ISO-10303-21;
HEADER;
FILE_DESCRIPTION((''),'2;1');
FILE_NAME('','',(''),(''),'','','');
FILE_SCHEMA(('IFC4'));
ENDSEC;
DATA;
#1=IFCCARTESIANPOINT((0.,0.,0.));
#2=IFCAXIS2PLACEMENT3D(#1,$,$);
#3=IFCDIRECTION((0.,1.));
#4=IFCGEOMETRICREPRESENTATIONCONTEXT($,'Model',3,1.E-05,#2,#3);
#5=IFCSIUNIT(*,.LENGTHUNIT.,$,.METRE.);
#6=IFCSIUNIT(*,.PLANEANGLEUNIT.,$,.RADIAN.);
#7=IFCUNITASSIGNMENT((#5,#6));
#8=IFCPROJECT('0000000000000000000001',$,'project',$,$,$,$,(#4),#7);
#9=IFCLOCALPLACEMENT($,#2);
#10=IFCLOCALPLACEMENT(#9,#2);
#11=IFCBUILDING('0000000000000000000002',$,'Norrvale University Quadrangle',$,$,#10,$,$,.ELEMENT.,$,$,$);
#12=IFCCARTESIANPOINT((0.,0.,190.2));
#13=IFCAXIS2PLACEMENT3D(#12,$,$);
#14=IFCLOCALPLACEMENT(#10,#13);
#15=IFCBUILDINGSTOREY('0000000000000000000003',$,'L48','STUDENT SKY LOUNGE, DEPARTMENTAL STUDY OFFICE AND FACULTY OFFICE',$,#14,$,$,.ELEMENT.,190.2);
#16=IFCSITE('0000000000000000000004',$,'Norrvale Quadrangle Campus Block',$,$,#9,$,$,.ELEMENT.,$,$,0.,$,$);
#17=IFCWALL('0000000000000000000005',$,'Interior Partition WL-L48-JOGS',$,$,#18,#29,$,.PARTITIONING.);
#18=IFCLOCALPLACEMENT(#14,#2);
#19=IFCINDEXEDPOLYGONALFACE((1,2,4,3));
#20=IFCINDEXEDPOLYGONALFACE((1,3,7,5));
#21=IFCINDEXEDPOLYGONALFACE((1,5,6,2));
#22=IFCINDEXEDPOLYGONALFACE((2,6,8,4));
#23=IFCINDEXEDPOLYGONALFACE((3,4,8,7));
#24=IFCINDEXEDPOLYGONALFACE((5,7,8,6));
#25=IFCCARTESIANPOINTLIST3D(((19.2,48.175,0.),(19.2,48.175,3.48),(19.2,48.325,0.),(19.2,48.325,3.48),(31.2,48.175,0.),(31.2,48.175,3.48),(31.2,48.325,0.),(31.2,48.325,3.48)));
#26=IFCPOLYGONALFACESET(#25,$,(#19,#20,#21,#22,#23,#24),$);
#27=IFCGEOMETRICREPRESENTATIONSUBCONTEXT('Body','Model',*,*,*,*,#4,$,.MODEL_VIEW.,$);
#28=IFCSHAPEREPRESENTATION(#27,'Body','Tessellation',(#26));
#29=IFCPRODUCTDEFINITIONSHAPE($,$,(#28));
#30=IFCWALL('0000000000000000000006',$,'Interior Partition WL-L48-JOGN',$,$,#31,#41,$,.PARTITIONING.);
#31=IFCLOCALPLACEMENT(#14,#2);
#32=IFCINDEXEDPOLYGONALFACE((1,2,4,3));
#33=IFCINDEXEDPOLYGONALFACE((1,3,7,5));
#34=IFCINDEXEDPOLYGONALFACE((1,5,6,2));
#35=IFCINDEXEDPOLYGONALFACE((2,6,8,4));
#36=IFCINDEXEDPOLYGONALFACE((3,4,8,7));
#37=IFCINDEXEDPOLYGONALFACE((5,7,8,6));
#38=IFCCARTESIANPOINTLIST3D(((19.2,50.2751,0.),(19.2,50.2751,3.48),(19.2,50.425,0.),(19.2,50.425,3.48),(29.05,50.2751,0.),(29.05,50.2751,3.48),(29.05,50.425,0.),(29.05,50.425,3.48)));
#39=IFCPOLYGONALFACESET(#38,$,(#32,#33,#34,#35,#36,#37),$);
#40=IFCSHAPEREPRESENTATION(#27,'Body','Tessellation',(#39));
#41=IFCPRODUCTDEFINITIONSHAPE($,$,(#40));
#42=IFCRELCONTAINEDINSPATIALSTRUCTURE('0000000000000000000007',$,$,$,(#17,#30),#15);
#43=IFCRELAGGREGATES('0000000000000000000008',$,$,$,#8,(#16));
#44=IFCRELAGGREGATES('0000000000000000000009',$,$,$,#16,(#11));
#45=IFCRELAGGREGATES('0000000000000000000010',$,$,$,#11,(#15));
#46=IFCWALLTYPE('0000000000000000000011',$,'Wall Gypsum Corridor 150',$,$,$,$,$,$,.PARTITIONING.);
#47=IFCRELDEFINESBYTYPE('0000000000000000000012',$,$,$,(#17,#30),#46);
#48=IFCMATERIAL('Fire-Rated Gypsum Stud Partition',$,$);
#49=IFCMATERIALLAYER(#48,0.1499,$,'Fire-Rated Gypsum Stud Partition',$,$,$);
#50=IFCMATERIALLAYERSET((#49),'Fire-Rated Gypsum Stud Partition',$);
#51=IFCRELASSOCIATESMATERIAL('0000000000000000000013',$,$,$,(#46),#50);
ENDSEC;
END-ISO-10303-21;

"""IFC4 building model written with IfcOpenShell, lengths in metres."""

from ifc_helpers import new_model, si_unit, direction, frame, frame_2d, origin, place, context, subcontext, project, spatial, rectangle, extrude, material, layer, layer_set, type_object, element, save


model = new_model("IFC4")

# Units and contexts
model_context = context("Model", 3, precision=1e-05, world=origin(), true_north=direction((0.0, 1.0)))
body_context = subcontext(model_context, "Body", "Model", "MODEL_VIEW")
ifc_project = project(units=[si_unit("LENGTHUNIT", "METRE"), si_unit("PLANEANGLEUNIT", "RADIAN")], contexts=[model_context])

# Site, building, storey
site_placement = place(None, origin())
site = spatial("IfcSite", under=ifc_project, at=site_placement, Name="Norrvale Quadrangle Campus Block", CompositionType="ELEMENT", RefElevation=0.0)
building_placement = place(site_placement, origin())
building = spatial("IfcBuilding", under=site, at=building_placement, Name="Norrvale University Quadrangle", CompositionType="ELEMENT")
storey_placement = place(building_placement, frame((0.0, 0.0, 190.2)))
storey = spatial("IfcBuildingStorey", under=building, at=storey_placement, Name="L48", Description="STUDENT SKY LOUNGE, DEPARTMENTAL STUDY OFFICE AND FACULTY OFFICE", CompositionType="ELEMENT", Elevation=190.2)

# Shared definitions
ifc_material_1 = material(Name="Fire-Rated Gypsum Stud Partition")
ifc_layer_1 = layer(ifc_material_1, 0.1499, Name="Fire-Rated Gypsum Stud Partition")
ifc_layer_set_1 = layer_set([ifc_layer_1], Name="Fire-Rated Gypsum Stud Partition")
wall_type_1 = type_object("IfcWallType", Name="Wall Gypsum Corridor 150", PredefinedType="PARTITIONING", material=ifc_layer_set_1)

# Walls
wall_1_placement = place(storey_placement, frame((19.2, 48.25, 0.0), z_axis=(0.0, 0.0, 1.0), x_axis=(1.0, 0.0, 0.0)))
element("IfcWall", 1, at=wall_1_placement, inside=storey, type_object=wall_type_1, Name="Interior Partition WL-L48-JOGS", PredefinedType="PARTITIONING", context=body_context, shape_type="SweptSolid", body=[
    extrude(rectangle(XDim=12.0, YDim=0.1499, at=frame_2d((6.0, 0.0))), origin(), (0.0, 0.0, 1.0), 3.48),
])
wall_2_placement = place(storey_placement, frame((19.2, 50.3501, 0.0), z_axis=(0.0, 0.0, 1.0), x_axis=(1.0, 0.0, 0.0)))
element("IfcWall", 2, at=wall_2_placement, inside=storey, type_object=wall_type_1, Name="Interior Partition WL-L48-JOGN", PredefinedType="PARTITIONING", context=body_context, shape_type="SweptSolid", body=[
    extrude(rectangle(XDim=9.8501, YDim=0.1499, at=frame_2d((4.925, 0.0))), origin(), (0.0, 0.0, 1.0), 3.48),
])

save(model, "model.ifc")
